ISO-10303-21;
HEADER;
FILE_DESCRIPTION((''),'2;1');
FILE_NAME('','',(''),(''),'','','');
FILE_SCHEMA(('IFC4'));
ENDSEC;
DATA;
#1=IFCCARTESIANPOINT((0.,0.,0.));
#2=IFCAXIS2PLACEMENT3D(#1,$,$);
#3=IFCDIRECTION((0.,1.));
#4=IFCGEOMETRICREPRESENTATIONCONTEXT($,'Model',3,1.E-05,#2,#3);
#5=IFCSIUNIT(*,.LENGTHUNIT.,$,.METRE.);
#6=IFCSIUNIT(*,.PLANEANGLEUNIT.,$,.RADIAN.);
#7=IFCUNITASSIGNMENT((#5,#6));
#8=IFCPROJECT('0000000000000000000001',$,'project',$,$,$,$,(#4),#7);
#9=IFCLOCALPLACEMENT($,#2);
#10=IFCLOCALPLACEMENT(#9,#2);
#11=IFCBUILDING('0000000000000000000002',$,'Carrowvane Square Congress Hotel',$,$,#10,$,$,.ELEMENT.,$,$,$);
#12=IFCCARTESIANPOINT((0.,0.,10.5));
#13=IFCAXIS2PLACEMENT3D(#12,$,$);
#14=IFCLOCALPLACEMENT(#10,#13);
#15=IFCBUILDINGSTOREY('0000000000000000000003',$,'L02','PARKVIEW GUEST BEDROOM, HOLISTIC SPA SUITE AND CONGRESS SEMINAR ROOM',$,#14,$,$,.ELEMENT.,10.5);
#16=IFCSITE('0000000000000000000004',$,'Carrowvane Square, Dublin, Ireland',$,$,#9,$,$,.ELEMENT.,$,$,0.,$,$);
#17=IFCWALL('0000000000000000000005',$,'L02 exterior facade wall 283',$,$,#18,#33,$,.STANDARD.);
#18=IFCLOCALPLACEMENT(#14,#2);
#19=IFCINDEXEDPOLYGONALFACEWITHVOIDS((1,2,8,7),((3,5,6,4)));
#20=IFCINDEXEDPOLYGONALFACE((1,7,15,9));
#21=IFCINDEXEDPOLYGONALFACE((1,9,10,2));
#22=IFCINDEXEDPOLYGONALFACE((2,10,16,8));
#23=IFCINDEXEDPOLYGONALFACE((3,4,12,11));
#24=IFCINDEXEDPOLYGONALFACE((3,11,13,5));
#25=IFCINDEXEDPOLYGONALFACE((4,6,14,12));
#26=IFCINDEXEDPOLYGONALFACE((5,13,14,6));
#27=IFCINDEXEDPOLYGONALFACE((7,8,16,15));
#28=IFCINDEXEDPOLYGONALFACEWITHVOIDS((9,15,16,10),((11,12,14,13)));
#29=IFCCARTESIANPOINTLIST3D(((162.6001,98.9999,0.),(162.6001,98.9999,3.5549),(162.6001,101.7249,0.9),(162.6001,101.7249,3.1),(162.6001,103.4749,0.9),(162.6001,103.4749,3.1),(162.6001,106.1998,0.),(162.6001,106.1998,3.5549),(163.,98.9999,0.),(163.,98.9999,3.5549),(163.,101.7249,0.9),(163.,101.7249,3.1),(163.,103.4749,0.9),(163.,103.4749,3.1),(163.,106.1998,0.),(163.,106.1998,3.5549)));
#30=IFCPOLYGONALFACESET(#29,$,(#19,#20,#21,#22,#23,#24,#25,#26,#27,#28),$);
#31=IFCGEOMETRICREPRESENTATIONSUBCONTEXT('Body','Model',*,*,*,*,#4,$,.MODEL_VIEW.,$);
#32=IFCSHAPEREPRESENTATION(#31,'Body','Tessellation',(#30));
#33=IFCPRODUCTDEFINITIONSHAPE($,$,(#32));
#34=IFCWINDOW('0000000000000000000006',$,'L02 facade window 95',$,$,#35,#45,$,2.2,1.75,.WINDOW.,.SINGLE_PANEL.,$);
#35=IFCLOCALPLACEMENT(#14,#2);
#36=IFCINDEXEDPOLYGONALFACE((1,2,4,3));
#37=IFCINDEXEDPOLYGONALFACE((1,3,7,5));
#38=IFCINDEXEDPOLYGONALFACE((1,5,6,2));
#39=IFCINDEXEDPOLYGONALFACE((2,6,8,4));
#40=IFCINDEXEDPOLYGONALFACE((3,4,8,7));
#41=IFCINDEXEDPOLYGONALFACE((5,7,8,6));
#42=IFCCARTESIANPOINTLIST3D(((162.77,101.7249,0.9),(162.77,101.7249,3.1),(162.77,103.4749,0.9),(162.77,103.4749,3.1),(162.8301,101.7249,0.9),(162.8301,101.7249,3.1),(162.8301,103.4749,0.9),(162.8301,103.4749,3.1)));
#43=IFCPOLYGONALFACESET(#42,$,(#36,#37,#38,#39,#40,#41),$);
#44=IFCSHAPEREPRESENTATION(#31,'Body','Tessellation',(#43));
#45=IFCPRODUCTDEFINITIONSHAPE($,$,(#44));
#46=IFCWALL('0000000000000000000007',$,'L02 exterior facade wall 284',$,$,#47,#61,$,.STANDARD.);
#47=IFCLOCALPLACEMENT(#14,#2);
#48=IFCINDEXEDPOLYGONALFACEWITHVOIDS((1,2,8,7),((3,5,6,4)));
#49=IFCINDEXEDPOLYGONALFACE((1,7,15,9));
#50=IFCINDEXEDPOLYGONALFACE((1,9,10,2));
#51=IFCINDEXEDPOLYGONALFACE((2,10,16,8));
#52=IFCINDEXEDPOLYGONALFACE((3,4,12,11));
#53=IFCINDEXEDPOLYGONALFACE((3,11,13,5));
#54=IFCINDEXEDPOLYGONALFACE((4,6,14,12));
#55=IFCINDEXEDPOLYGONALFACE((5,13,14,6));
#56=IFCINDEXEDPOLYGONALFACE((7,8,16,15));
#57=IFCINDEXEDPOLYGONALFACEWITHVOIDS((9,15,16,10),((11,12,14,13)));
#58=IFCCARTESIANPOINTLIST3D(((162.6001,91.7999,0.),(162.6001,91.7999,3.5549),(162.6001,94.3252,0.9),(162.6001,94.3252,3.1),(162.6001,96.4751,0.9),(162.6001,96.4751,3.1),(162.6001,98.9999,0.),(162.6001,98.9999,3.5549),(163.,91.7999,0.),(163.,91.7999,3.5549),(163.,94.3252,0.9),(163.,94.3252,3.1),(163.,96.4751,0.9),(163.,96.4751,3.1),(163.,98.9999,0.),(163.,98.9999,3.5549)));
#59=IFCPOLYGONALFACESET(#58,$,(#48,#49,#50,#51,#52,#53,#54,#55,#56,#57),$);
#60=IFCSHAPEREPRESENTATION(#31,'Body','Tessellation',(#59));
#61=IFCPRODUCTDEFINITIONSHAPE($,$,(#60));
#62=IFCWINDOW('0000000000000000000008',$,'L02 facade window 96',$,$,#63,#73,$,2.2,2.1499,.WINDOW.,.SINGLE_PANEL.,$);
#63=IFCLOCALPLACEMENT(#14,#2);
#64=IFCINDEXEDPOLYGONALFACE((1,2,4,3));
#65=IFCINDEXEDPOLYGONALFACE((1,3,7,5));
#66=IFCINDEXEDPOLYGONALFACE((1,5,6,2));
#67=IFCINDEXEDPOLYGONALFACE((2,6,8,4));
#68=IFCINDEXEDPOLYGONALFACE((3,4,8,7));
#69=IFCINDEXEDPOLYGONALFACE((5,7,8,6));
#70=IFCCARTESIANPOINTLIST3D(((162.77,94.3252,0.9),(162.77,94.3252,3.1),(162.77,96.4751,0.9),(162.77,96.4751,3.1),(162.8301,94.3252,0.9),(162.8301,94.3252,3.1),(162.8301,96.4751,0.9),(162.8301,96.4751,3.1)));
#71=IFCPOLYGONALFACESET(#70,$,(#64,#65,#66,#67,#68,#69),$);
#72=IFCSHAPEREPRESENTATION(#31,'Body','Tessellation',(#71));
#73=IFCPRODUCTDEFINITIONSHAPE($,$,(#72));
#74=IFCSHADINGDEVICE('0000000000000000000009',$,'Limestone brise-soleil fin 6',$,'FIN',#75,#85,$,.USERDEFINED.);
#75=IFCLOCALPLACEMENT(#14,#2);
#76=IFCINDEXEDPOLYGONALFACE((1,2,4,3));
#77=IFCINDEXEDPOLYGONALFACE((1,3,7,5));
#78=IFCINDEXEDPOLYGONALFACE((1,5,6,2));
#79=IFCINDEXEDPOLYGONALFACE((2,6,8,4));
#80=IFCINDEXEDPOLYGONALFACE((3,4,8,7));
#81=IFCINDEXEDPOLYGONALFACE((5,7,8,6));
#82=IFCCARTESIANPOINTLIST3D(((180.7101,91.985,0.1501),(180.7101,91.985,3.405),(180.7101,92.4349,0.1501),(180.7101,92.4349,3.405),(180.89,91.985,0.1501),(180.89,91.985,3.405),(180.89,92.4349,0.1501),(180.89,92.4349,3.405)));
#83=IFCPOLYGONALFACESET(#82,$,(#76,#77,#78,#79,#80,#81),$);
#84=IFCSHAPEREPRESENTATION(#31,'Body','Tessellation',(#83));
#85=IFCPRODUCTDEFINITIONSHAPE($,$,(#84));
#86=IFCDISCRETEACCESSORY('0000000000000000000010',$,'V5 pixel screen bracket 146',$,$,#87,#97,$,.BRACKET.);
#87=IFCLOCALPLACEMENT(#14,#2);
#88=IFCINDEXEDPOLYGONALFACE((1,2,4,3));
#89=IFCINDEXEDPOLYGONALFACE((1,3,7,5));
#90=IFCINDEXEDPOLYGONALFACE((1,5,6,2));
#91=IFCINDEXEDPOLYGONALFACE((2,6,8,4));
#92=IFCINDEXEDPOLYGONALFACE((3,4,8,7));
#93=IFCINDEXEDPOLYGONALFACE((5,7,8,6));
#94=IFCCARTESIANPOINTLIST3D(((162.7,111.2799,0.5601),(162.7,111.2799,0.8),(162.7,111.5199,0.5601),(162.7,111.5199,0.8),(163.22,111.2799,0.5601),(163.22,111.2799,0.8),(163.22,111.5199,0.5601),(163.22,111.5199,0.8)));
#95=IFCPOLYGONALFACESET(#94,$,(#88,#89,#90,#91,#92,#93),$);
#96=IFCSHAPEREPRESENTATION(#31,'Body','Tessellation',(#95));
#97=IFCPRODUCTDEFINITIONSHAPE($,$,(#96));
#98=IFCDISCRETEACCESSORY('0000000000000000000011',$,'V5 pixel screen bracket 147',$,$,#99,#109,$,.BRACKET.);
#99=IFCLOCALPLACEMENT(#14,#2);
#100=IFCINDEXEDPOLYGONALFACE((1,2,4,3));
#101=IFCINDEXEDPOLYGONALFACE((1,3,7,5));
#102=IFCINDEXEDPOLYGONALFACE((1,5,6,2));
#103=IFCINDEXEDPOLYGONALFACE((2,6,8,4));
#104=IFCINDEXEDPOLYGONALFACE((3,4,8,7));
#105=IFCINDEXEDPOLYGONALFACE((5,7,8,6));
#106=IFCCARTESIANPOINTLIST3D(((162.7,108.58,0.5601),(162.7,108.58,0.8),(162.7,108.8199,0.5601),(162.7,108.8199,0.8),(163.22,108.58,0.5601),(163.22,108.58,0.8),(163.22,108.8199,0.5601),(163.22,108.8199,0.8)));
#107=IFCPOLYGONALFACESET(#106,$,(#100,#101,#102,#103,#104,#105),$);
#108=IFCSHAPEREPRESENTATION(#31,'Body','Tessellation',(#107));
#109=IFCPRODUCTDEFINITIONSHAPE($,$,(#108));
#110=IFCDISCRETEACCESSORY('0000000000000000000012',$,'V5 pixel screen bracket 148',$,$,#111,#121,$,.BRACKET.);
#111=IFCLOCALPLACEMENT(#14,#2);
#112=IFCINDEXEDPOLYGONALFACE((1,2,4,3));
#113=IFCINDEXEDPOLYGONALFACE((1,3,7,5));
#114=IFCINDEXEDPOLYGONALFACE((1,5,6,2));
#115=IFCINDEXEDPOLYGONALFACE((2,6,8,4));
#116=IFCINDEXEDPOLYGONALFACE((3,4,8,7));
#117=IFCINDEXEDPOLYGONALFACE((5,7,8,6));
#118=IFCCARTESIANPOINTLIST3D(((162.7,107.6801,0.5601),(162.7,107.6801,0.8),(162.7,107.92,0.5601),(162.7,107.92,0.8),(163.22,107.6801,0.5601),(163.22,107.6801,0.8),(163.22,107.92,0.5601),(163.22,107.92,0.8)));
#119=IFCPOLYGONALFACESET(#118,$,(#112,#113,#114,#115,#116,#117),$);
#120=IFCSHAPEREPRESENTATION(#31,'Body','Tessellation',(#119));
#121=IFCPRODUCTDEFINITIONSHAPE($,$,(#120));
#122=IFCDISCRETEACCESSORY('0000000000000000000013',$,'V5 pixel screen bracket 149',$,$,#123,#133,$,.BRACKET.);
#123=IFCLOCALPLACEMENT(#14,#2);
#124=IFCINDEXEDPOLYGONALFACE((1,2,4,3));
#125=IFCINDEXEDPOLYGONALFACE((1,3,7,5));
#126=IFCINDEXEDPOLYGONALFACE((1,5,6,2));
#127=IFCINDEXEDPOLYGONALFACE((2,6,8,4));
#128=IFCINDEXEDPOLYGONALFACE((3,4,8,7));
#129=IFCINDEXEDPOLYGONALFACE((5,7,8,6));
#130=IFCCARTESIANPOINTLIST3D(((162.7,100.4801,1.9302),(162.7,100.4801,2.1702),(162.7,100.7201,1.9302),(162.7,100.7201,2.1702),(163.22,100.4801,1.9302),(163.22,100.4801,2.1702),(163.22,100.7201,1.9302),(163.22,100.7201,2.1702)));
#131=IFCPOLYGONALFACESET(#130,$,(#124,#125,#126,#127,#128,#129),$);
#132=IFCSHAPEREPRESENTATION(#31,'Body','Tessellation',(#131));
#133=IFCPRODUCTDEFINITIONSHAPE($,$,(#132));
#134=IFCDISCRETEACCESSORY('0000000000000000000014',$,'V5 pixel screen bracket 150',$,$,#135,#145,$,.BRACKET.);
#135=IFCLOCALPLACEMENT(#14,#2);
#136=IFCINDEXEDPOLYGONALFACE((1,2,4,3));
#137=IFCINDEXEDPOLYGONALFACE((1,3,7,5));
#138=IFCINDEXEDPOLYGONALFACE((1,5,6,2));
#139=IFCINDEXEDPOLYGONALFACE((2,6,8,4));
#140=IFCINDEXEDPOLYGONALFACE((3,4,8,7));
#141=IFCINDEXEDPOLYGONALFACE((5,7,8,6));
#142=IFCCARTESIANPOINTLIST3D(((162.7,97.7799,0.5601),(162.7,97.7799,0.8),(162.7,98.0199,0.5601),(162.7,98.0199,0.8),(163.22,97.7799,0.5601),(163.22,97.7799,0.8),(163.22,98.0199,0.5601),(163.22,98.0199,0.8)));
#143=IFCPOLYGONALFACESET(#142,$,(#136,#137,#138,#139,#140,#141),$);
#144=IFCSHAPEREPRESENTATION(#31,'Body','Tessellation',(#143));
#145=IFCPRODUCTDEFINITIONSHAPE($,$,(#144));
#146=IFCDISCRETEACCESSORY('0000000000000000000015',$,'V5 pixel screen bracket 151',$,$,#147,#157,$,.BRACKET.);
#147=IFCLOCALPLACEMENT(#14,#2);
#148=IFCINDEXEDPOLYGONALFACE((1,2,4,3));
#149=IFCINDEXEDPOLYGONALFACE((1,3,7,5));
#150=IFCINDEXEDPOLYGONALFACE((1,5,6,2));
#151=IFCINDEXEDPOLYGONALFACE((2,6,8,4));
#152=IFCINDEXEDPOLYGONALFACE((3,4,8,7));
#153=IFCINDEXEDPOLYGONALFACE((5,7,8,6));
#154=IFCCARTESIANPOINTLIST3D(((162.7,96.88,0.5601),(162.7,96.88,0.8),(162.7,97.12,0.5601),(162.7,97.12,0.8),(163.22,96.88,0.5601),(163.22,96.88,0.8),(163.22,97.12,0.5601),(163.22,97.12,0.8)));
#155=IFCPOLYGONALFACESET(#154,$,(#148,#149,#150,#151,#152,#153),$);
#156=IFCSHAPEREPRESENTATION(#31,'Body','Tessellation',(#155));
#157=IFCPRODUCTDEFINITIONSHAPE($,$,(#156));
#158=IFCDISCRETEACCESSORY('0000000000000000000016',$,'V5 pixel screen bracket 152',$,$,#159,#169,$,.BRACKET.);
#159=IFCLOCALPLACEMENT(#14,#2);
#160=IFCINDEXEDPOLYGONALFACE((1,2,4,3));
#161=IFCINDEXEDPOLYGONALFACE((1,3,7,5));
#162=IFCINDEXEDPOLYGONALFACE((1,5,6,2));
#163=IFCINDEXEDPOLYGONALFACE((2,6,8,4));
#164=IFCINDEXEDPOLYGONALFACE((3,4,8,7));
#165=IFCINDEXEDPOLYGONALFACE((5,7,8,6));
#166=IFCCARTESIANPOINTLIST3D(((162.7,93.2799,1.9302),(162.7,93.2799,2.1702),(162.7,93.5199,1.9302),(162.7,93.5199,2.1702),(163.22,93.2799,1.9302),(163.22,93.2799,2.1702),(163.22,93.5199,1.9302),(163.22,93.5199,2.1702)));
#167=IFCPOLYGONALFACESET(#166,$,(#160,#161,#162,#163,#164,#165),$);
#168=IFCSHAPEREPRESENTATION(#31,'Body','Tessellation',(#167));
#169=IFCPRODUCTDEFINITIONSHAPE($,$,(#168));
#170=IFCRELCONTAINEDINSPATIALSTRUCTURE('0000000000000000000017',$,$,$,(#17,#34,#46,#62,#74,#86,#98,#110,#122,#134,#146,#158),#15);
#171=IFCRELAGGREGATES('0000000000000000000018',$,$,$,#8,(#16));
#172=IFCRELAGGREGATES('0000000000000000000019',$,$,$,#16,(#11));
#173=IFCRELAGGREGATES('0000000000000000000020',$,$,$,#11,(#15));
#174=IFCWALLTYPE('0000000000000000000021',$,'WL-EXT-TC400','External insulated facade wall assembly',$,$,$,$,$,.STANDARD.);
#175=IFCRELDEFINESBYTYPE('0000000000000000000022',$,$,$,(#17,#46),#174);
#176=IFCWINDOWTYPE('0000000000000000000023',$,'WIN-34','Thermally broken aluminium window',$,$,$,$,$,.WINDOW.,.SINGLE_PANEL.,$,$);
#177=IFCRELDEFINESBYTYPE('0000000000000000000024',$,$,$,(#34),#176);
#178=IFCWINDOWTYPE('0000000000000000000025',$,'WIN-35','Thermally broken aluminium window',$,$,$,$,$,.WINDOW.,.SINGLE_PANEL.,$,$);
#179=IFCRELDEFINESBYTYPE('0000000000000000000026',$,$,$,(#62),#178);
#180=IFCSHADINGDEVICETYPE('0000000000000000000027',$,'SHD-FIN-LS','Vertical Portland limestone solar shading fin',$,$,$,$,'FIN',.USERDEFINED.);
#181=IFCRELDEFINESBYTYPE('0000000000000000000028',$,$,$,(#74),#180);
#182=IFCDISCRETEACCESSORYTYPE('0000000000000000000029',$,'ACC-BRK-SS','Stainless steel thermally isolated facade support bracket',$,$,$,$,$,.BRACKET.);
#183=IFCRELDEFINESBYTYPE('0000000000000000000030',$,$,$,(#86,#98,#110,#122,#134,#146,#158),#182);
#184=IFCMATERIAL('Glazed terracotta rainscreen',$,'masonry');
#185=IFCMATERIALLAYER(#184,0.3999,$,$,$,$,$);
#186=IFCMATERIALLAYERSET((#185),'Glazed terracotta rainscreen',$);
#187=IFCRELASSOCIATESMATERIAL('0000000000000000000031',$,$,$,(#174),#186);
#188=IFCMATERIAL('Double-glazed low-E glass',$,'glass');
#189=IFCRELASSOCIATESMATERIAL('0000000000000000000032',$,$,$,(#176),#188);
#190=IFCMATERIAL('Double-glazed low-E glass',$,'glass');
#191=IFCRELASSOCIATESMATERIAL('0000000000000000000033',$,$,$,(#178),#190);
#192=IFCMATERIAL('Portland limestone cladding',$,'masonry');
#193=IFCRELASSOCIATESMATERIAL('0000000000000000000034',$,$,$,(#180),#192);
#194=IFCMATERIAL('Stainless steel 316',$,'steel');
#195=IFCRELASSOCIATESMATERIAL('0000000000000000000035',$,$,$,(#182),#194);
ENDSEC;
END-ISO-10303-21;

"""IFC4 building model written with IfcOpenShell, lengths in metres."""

from ifc_helpers import new_model, si_unit, direction, frame, frame_2d, origin, origin_2d, place, context, subcontext, project, spatial, rectangle, extrude, material, layer, layer_set, type_object, element, fill, save


model = new_model("IFC4")

# Units and contexts
model_context = context("Model", 3, precision=1e-05, world=origin(), true_north=direction((0.0, 1.0)))
body_context = subcontext(model_context, "Body", "Model", "MODEL_VIEW")
ifc_project = project(units=[si_unit("LENGTHUNIT", "METRE"), si_unit("PLANEANGLEUNIT", "RADIAN")], contexts=[model_context])

# Site, building, storey
site_placement = place(None, origin())
site = spatial("IfcSite", under=ifc_project, at=site_placement, Name="Carrowvane Square, Dublin, Ireland", CompositionType="ELEMENT", RefElevation=0.0)
building_placement = place(site_placement, origin())
building = spatial("IfcBuilding", under=site, at=building_placement, Name="Carrowvane Square Congress Hotel", CompositionType="ELEMENT")
storey_placement = place(building_placement, frame((0.0, 0.0, 10.5)))
storey = spatial("IfcBuildingStorey", under=building, at=storey_placement, Name="L02", Description="PARKVIEW GUEST BEDROOM, HOLISTIC SPA SUITE AND CONGRESS SEMINAR ROOM", CompositionType="ELEMENT", Elevation=10.5)

# Walls, openings, windows
ifc_material_1 = material(Name="Glazed terracotta rainscreen", Category="masonry")
ifc_layer_1 = layer(ifc_material_1, 0.3999)
ifc_layer_set_1 = layer_set([ifc_layer_1], Name="Glazed terracotta rainscreen")
wall_type = type_object("IfcWallType", Name="WL-EXT-TC400", Description="External insulated facade wall assembly", PredefinedType="STANDARD", material=ifc_layer_set_1)
wall_1_placement = place(storey_placement, frame((162.8, 106.2, 0.0), z_axis=(0.0, 0.0, 1.0), x_axis=(0.0, -1.0, 0.0)))
wall_1 = element("IfcWall", 1, at=wall_1_placement, inside=storey, type_object=wall_type, Name="L02 exterior facade wall 283", PredefinedType="STANDARD", context=body_context, shape_type="SweptSolid", body=[
    extrude(rectangle(XDim=7.2, YDim=0.3999, at=frame_2d((3.6001, 0.0))), origin(), (0.0, 0.0, 1.0), 3.5549),
])
opening_1_placement = place(wall_1_placement, frame((2.7251, 0.0, 0.8999)))
opening_1 = element("IfcOpeningElement", 2, at=opening_1_placement, cuts=wall_1, PredefinedType="OPENING", context=body_context, shape_type="SweptSolid", body=[
    extrude(rectangle(XDim=1.75, YDim=2.2, at=frame_2d((0.875, 1.1001))), frame((0.0, 0.21, 0.0), z_axis=(0.0, -1.0, 0.0), x_axis=(1.0, 0.0, 0.0)), (0.0, 0.0, 1.0), 0.4199),
])
ifc_material_2 = material(Name="Double-glazed low-E glass", Category="glass")
window_type_1 = type_object("IfcWindowType", Name="WIN-34", Description="Thermally broken aluminium window", PartitioningType="SINGLE_PANEL", PredefinedType="WINDOW", material=ifc_material_2)
window_1_placement = place(opening_1_placement, origin())
window_1 = element("IfcWindow", 3, at=window_1_placement, inside=storey, type_object=window_type_1, Name="L02 facade window 95", OverallHeight=2.2, OverallWidth=1.75, PartitioningType="SINGLE_PANEL", PredefinedType="WINDOW", context=body_context, shape_type="SweptSolid", body=[
    extrude(rectangle(XDim=1.75, YDim=2.2, at=frame_2d((0.875, 1.1001))), frame((0.0, 0.03, 0.0), z_axis=(0.0, -1.0, 0.0), x_axis=(1.0, 0.0, 0.0)), (0.0, 0.0, 1.0), 0.0601),
])
fill(opening_1, window_1)
wall_2_placement = place(storey_placement, frame((162.8, 99.0, 0.0), z_axis=(0.0, 0.0, 1.0), x_axis=(0.0, -1.0, 0.0)))
wall_2 = element("IfcWall", 4, at=wall_2_placement, inside=storey, type_object=wall_type, Name="L02 exterior facade wall 284", PredefinedType="STANDARD", context=body_context, shape_type="SweptSolid", body=[
    extrude(rectangle(XDim=7.2, YDim=0.3999, at=frame_2d((3.6001, 0.0))), origin(), (0.0, 0.0, 1.0), 3.5549),
])
opening_2_placement = place(wall_2_placement, frame((2.5249, 0.0, 0.8999)))
opening_2 = element("IfcOpeningElement", 5, at=opening_2_placement, cuts=wall_2, PredefinedType="OPENING", context=body_context, shape_type="SweptSolid", body=[
    extrude(rectangle(XDim=2.1499, YDim=2.2, at=frame_2d((1.075, 1.1001))), frame((0.0, 0.21, 0.0), z_axis=(0.0, -1.0, 0.0), x_axis=(1.0, 0.0, 0.0)), (0.0, 0.0, 1.0), 0.4199),
])
ifc_material_3 = material(Name="Double-glazed low-E glass", Category="glass")
window_type_2 = type_object("IfcWindowType", Name="WIN-35", Description="Thermally broken aluminium window", PartitioningType="SINGLE_PANEL", PredefinedType="WINDOW", material=ifc_material_3)
window_2_placement = place(opening_2_placement, origin())
window_2 = element("IfcWindow", 6, at=window_2_placement, inside=storey, type_object=window_type_2, Name="L02 facade window 96", OverallHeight=2.2, OverallWidth=2.1499, PartitioningType="SINGLE_PANEL", PredefinedType="WINDOW", context=body_context, shape_type="SweptSolid", body=[
    extrude(rectangle(XDim=2.1499, YDim=2.2, at=frame_2d((1.075, 1.1001))), frame((0.0, 0.03, 0.0), z_axis=(0.0, -1.0, 0.0), x_axis=(1.0, 0.0, 0.0)), (0.0, 0.0, 1.0), 0.0601),
])
fill(opening_2, window_2)

# Shading device
ifc_material_4 = material(Name="Portland limestone cladding", Category="masonry")
shading_device_type = type_object("IfcShadingDeviceType", Name="SHD-FIN-LS", Description="Vertical Portland limestone solar shading fin", ElementType="FIN", PredefinedType="USERDEFINED", material=ifc_material_4)
shading_device_placement = place(storey_placement, frame((180.8, 92.21, 0.1501), z_axis=(0.0, 0.0, 1.0), x_axis=(1.0, 0.0, 0.0)))
element("IfcShadingDevice", 7, at=shading_device_placement, inside=storey, type_object=shading_device_type, Name="Limestone brise-soleil fin 6", ObjectType="FIN", PredefinedType="USERDEFINED", context=body_context, shape_type="SweptSolid", body=[
    extrude(rectangle(XDim=0.1799, YDim=0.45, at=origin_2d()), origin(), (0.0, 0.0, 1.0), 3.2549),
])

# Discrete accessories
ifc_material_5 = material(Name="Stainless steel 316", Category="steel")
discrete_accessory_type = type_object("IfcDiscreteAccessoryType", Name="ACC-BRK-SS", Description="Stainless steel thermally isolated facade support bracket", PredefinedType="BRACKET", material=ifc_material_5)
for number, where, z_axis, x_axis, name in (
    (8, (162.96, 111.3999, 0.5601), (0.0, 0.0, 1.0), (0.0, -1.0, 0.0), "V5 pixel screen bracket 146"),
    (9, (162.96, 108.7, 0.5601), (0.0, 0.0, 1.0), (0.0, -1.0, 0.0), "V5 pixel screen bracket 147"),
    (10, (162.96, 107.8, 0.5601), (0.0, 0.0, 1.0), (0.0, -1.0, 0.0), "V5 pixel screen bracket 148"),
    (11, (162.96, 100.6001, 1.9302), (0.0, 0.0, 1.0), (0.0, -1.0, 0.0), "V5 pixel screen bracket 149"),
    (12, (162.96, 97.8999, 0.5601), (0.0, 0.0, 1.0), (0.0, -1.0, 0.0), "V5 pixel screen bracket 150"),
    (13, (162.96, 97.0, 0.5601), (0.0, 0.0, 1.0), (0.0, -1.0, 0.0), "V5 pixel screen bracket 151"),
    (14, (162.96, 93.3999, 1.9302), (0.0, 0.0, 1.0), (0.0, -1.0, 0.0), "V5 pixel screen bracket 152"),
):
    element("IfcDiscreteAccessory", number, at=place(storey_placement, frame(where, z_axis=z_axis, x_axis=x_axis)), inside=storey, type_object=discrete_accessory_type, Name=name, PredefinedType="BRACKET", context=body_context, shape_type="SweptSolid", body=[
        extrude(rectangle(XDim=0.24, YDim=0.52, at=origin_2d()), origin(), (0.0, 0.0, 1.0), 0.24),
    ])

save(model, "model.ifc")
